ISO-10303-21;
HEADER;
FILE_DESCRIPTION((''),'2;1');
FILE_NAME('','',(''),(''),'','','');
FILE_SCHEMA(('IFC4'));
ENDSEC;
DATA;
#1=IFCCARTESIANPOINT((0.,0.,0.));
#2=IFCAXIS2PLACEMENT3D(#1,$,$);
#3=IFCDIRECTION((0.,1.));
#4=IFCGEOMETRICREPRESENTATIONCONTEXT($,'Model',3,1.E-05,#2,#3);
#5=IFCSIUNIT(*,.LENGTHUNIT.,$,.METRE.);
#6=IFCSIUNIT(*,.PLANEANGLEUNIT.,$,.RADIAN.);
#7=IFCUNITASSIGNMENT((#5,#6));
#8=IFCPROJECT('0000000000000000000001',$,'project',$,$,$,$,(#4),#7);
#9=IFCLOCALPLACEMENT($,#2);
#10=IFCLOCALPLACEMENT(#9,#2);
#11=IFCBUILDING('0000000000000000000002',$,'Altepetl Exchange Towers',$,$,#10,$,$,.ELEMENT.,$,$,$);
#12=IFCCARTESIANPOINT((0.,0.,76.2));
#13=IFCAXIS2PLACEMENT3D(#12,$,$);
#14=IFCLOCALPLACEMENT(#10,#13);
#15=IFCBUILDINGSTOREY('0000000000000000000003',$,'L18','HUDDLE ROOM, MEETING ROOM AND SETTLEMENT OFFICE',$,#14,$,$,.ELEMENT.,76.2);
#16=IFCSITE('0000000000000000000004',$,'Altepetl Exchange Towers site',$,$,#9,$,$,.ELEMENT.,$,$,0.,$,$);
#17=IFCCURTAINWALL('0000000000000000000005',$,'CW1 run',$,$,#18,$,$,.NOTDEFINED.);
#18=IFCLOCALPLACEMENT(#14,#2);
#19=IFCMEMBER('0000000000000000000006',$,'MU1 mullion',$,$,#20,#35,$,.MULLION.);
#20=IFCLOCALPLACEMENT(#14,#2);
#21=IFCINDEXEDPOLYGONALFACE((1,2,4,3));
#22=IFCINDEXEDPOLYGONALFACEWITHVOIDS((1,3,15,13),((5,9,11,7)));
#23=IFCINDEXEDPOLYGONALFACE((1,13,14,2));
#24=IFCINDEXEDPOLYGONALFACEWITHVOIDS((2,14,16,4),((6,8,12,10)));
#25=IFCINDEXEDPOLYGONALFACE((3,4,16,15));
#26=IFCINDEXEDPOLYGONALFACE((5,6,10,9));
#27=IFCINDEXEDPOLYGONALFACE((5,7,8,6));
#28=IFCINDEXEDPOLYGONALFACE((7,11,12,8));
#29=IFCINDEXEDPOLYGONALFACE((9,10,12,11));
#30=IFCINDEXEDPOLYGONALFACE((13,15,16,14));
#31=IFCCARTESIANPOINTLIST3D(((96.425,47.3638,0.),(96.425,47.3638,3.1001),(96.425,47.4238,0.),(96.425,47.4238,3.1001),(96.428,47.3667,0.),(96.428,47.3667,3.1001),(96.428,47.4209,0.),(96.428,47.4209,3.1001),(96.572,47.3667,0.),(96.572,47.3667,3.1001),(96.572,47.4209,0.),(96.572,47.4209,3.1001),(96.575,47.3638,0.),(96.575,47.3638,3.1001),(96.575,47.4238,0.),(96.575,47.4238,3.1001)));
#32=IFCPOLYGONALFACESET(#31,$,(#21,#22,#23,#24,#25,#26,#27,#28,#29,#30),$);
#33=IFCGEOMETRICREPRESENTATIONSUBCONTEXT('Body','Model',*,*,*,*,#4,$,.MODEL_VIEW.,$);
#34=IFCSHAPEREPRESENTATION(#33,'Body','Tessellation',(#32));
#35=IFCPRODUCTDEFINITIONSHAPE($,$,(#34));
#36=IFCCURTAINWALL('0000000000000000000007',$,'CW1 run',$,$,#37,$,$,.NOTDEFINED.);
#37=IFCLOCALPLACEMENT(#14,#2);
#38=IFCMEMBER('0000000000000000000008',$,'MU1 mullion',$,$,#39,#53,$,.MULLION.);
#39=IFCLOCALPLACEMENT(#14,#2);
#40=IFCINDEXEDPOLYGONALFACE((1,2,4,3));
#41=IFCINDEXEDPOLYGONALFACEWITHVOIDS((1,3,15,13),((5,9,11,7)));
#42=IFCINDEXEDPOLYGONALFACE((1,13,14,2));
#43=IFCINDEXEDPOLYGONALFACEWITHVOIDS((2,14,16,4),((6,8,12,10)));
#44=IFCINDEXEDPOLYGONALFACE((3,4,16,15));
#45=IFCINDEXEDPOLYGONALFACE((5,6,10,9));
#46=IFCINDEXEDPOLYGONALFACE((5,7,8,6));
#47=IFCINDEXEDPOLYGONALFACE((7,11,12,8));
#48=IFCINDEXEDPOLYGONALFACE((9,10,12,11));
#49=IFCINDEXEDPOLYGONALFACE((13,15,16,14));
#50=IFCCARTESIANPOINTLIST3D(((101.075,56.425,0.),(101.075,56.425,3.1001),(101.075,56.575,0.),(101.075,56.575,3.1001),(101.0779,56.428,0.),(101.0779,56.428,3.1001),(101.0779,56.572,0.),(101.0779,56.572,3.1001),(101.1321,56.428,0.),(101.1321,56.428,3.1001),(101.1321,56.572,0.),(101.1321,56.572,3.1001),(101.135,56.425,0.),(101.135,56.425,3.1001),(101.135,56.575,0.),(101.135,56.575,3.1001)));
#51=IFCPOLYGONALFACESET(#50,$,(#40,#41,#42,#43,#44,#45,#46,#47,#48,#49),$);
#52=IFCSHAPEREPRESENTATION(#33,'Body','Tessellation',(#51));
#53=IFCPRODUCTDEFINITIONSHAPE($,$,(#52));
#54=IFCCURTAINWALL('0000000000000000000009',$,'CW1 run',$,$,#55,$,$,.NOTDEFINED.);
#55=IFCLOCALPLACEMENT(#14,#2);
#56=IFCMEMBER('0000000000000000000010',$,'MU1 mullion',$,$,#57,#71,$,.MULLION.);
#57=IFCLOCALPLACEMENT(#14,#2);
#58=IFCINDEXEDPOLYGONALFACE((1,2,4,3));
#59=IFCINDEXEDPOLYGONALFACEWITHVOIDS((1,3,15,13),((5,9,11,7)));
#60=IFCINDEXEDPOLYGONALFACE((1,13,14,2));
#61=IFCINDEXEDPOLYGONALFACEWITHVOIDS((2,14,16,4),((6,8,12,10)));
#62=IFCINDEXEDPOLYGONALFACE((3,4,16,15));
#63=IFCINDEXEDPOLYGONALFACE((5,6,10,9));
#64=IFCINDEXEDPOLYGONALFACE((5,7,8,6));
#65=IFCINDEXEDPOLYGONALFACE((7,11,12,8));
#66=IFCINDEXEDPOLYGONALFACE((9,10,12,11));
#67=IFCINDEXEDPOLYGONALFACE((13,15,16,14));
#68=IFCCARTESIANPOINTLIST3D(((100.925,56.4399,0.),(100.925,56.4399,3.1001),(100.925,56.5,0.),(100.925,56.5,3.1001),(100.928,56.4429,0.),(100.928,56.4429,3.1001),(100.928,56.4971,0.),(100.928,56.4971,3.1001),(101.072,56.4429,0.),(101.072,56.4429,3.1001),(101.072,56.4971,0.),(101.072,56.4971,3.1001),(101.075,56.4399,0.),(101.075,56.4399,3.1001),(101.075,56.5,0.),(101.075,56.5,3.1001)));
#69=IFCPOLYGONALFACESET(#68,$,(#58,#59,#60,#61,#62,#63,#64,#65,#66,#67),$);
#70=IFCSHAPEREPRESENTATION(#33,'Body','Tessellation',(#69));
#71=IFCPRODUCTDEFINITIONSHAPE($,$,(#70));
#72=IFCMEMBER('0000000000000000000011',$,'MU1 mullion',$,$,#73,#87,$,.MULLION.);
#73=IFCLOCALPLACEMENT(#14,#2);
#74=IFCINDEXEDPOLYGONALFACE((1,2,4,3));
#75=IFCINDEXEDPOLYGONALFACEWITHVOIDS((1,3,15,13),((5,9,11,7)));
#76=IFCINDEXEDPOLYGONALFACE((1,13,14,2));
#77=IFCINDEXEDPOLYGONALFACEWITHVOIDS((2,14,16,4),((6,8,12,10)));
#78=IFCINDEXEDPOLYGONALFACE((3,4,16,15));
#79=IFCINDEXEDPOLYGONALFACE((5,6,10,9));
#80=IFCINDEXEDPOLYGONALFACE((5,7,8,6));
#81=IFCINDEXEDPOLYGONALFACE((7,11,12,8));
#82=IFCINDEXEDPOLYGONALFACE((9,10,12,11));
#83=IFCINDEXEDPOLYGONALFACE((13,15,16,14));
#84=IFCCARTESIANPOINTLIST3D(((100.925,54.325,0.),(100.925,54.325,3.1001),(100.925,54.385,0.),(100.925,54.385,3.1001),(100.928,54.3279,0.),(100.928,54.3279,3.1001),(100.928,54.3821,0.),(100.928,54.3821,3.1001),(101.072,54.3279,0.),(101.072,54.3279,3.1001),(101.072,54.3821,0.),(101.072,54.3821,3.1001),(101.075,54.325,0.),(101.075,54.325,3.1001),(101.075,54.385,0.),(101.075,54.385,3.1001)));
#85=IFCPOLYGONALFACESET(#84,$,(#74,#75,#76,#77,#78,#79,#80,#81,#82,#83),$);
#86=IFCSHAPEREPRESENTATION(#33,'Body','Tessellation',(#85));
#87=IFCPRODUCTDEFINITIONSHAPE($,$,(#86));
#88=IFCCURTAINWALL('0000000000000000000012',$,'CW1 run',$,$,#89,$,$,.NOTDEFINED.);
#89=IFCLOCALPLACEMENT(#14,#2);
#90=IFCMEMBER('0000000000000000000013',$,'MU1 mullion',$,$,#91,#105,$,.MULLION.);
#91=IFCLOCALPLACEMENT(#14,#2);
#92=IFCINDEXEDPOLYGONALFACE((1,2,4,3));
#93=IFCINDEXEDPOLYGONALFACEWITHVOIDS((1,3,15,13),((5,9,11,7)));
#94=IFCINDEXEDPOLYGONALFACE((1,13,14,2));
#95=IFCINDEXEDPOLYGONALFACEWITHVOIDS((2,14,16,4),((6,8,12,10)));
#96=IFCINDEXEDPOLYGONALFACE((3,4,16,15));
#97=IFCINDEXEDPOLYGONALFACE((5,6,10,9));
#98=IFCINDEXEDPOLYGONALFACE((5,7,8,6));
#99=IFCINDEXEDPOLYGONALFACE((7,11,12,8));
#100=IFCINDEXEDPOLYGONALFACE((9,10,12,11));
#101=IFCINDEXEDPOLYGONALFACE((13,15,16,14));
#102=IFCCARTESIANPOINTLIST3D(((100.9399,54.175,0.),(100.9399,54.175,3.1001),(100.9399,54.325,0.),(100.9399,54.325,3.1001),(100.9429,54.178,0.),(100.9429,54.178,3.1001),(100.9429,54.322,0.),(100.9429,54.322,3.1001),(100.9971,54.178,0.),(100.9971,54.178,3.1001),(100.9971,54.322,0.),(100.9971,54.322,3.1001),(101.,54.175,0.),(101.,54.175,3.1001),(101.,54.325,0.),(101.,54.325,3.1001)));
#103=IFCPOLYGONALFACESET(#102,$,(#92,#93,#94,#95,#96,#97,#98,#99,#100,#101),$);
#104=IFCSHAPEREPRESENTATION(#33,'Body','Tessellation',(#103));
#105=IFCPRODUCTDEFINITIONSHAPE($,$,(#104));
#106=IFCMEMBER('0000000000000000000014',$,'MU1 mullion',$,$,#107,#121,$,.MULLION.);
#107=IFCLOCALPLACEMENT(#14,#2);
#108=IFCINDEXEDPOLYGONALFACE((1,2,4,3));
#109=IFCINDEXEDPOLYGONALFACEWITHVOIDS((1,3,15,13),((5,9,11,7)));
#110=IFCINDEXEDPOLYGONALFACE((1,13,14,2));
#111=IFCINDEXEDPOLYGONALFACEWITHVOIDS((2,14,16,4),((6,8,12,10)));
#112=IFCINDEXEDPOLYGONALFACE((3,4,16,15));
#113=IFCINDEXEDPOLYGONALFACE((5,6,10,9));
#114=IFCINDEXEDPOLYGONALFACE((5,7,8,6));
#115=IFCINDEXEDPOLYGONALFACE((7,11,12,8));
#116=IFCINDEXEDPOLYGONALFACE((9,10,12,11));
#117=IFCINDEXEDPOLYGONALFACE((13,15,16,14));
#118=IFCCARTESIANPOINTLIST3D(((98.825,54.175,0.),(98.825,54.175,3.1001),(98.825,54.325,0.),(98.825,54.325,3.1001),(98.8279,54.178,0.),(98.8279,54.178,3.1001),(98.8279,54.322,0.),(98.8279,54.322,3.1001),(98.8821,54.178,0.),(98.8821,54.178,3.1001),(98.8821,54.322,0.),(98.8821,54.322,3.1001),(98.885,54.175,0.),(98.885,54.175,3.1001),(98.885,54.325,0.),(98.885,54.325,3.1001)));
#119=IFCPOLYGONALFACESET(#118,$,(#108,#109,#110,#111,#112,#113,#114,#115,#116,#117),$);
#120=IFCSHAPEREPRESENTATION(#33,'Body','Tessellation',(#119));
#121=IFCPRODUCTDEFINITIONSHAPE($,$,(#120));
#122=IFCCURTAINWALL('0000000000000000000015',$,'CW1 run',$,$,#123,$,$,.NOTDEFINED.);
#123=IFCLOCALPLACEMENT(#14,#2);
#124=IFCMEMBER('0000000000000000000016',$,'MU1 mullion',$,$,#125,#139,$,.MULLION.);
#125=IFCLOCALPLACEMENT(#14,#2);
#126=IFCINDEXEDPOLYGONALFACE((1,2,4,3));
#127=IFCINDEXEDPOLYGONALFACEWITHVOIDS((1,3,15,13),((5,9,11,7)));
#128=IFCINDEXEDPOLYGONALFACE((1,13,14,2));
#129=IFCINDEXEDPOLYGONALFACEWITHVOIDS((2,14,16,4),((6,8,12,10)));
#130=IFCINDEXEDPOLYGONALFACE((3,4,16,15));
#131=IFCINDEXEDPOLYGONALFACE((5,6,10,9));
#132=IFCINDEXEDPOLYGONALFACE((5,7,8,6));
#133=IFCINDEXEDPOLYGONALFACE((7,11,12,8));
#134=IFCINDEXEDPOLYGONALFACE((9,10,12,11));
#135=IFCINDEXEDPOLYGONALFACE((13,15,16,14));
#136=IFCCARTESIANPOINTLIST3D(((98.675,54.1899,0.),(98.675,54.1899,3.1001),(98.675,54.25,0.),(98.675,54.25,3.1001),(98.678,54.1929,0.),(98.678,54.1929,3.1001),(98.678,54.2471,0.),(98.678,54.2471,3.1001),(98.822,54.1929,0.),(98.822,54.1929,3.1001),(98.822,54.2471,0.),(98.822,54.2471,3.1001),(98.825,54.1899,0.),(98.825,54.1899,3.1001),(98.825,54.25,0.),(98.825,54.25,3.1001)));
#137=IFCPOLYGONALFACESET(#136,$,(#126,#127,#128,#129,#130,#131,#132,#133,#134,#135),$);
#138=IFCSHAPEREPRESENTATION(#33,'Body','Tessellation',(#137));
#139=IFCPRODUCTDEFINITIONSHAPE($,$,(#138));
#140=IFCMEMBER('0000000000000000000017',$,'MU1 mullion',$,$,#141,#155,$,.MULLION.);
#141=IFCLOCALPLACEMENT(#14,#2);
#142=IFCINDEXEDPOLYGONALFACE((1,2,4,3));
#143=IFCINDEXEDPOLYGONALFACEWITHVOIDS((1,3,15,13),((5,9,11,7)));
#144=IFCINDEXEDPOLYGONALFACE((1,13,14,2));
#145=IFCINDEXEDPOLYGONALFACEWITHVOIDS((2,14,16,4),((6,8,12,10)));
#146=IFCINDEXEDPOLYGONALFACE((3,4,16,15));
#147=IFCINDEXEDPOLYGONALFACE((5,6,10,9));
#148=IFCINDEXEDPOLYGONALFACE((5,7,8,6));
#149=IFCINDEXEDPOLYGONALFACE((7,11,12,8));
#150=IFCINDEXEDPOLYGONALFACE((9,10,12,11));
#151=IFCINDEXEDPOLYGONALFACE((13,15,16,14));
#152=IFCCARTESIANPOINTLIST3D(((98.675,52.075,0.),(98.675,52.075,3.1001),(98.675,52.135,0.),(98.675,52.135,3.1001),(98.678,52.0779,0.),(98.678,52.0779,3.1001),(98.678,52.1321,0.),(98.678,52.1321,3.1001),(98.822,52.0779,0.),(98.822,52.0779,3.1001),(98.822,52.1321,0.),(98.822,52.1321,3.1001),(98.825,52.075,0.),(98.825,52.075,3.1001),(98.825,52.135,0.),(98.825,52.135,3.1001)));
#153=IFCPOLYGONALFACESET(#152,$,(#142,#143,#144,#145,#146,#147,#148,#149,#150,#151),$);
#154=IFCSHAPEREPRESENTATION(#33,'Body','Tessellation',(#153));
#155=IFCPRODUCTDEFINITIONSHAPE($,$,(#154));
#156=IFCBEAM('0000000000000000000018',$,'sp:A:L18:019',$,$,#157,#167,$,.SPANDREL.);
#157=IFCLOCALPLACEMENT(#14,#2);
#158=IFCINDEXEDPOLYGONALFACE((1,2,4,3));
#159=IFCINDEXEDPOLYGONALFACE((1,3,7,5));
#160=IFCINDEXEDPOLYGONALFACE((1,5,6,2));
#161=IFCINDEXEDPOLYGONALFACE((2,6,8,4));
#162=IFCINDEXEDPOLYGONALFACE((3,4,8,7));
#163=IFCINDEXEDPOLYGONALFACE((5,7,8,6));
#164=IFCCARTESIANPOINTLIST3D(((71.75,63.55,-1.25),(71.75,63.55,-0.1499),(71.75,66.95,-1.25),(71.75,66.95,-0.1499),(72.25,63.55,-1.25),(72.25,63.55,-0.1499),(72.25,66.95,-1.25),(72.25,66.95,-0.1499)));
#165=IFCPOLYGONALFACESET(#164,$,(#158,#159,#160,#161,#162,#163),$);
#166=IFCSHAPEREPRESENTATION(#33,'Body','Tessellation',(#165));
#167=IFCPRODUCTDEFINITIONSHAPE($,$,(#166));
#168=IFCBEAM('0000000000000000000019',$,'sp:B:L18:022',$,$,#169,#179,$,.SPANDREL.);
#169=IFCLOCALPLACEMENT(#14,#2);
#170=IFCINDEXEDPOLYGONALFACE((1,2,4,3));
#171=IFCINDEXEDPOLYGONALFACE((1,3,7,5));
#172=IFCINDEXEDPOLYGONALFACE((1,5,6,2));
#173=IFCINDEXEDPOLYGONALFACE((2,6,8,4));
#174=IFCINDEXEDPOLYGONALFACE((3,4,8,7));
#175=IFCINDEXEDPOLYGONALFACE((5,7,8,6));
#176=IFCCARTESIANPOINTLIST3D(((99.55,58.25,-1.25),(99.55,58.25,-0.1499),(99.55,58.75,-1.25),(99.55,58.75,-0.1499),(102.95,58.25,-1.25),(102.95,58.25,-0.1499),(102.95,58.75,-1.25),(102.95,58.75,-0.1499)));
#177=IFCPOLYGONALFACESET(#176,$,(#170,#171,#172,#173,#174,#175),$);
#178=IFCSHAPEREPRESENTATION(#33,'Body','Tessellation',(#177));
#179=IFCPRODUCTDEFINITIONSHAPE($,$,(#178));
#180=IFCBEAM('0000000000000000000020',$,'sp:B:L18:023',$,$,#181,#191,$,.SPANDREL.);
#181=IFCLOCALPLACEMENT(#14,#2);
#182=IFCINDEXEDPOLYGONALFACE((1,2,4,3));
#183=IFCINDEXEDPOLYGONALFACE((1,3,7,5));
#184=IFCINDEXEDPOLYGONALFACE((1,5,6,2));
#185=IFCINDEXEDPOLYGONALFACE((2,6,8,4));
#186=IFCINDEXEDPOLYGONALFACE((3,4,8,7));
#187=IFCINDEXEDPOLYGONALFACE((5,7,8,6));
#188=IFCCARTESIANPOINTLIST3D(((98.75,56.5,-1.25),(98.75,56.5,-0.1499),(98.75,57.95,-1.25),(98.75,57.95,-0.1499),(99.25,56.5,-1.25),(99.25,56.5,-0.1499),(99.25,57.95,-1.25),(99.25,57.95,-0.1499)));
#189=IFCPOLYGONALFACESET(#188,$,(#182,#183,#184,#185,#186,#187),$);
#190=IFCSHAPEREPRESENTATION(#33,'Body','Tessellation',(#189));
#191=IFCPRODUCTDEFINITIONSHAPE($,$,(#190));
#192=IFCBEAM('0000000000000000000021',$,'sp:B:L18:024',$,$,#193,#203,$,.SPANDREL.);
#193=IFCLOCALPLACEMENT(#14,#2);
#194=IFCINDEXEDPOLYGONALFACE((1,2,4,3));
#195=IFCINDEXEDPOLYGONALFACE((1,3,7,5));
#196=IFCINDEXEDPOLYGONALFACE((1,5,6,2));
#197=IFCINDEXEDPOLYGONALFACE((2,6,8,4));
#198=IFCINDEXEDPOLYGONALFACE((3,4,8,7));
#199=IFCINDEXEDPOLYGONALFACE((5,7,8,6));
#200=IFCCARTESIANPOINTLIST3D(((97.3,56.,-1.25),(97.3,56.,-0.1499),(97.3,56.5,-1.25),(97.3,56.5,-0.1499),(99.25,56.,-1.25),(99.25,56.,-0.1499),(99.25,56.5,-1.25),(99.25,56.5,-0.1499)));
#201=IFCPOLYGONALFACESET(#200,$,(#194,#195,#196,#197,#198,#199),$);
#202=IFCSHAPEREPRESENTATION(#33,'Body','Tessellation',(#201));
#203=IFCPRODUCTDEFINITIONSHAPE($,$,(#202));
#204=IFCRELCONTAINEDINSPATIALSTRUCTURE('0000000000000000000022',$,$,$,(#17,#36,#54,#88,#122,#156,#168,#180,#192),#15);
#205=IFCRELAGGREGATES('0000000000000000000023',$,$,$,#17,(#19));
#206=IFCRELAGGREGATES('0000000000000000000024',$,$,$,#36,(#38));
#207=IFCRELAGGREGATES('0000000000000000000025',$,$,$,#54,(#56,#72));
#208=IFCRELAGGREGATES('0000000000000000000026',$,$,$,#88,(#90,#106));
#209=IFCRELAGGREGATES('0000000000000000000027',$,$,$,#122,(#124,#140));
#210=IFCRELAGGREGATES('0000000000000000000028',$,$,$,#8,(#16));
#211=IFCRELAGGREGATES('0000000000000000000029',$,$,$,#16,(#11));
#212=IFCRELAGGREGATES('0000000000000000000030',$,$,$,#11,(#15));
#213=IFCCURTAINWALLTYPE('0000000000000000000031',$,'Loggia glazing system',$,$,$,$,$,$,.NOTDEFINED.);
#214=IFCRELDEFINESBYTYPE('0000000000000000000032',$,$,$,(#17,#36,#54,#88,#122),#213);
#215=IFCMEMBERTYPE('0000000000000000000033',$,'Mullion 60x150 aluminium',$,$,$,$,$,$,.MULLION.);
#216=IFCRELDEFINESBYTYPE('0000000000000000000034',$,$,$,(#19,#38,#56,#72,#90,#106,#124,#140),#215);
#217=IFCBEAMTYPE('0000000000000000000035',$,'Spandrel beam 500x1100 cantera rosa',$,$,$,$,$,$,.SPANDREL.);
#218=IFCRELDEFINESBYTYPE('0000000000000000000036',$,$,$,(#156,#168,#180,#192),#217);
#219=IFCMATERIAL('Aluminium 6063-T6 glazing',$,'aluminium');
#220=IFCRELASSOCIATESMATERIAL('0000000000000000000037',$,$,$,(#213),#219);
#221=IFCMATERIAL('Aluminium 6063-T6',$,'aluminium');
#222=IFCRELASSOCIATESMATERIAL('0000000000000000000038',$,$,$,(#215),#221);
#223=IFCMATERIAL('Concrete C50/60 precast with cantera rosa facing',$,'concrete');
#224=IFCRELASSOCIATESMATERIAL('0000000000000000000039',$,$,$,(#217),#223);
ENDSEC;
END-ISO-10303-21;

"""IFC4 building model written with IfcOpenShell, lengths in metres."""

from ifc_helpers import new_model, si_unit, direction, frame, origin, origin_2d, place, context, subcontext, project, spatial, rectangle, hollow_rectangle, extrude, material, material_profile, profile_set, type_object, element, aggregate, save


model = new_model("IFC4")

# Units and contexts
model_context = context("Model", 3, precision=1e-05, world=origin(), true_north=direction((0.0, 1.0)))
body_context = subcontext(model_context, "Body", "Model", "MODEL_VIEW")
ifc_project = project(units=[si_unit("LENGTHUNIT", "METRE"), si_unit("PLANEANGLEUNIT", "RADIAN")], contexts=[model_context])

# Site, building, storey
site_placement = place(None, origin())
site = spatial("IfcSite", under=ifc_project, at=site_placement, Name="Altepetl Exchange Towers site", CompositionType="ELEMENT", RefElevation=0.0)
building_placement = place(site_placement, origin())
building = spatial("IfcBuilding", under=site, at=building_placement, Name="Altepetl Exchange Towers", CompositionType="ELEMENT")
storey_placement = place(building_placement, frame((0.0, 0.0, 76.2)))
storey = spatial("IfcBuildingStorey", under=building, at=storey_placement, Name="L18", Description="HUDDLE ROOM, MEETING ROOM AND SETTLEMENT OFFICE", CompositionType="ELEMENT", Elevation=76.2)

# Curtain wall, member
ifc_material_1 = material(Name="Aluminium 6063-T6 glazing", Category="aluminium")
curtain_wall_type = type_object("IfcCurtainWallType", Name="Loggia glazing system", PredefinedType="NOTDEFINED", material=ifc_material_1)
ifc_material_2 = material(Name="Aluminium 6063-T6", Category="aluminium")
ifc_material_profile_1 = material_profile(ifc_material_2, hollow_rectangle(XDim=0.0601, YDim=0.1499, WallThickness=0.0029, at=origin_2d()), Name="Mullion 60x150 aluminium")
ifc_profile_set_1 = profile_set([ifc_material_profile_1], Name="Aluminium 6063-T6")
member_type = type_object("IfcMemberType", Name="Mullion 60x150 aluminium", PredefinedType="MULLION", material=ifc_profile_set_1)
curtain_wall_1_placement = place(storey_placement, origin())
curtain_wall_1 = element("IfcCurtainWall", 1, at=curtain_wall_1_placement, inside=storey, type_object=curtain_wall_type, Name="CW1 run", PredefinedType="NOTDEFINED")
member_1_placement = place(storey_placement, frame((96.5, 47.3938, 0.0), z_axis=(0.0, 0.0, 1.0), x_axis=(0.0, -1.0, 0.0)))
member_1 = element("IfcMember", 2, at=member_1_placement, type_object=member_type, Name="MU1 mullion", PredefinedType="MULLION", context=body_context, shape_type="SweptSolid", body=[
    extrude(hollow_rectangle(XDim=0.0601, YDim=0.1499, WallThickness=0.0029, at=origin_2d()), origin(), (0.0, 0.0, 1.0), 3.1001),
])

# Curtain wall, member
curtain_wall_2_placement = place(storey_placement, origin())
curtain_wall_2 = element("IfcCurtainWall", 3, at=curtain_wall_2_placement, inside=storey, type_object=curtain_wall_type, Name="CW1 run", PredefinedType="NOTDEFINED")
member_2_placement = place(storey_placement, frame((101.105, 56.5, 0.0), z_axis=(0.0, 0.0, 1.0), x_axis=(-1.0, 0.0, 0.0)))
member_2 = element("IfcMember", 4, at=member_2_placement, type_object=member_type, Name="MU1 mullion", PredefinedType="MULLION", context=body_context, shape_type="SweptSolid", body=[
    extrude(hollow_rectangle(XDim=0.0601, YDim=0.1499, WallThickness=0.0029, at=origin_2d()), origin(), (0.0, 0.0, 1.0), 3.1001),
])

# Curtain walls, members
curtain_wall_3_placement = place(storey_placement, origin())
curtain_wall_3 = element("IfcCurtainWall", 5, at=curtain_wall_3_placement, inside=storey, type_object=curtain_wall_type, Name="CW1 run", PredefinedType="NOTDEFINED")
member_3_placement = place(storey_placement, frame((101.0, 56.47, 0.0), z_axis=(0.0, 0.0, 1.0), x_axis=(0.0, -1.0, 0.0)))
member_3 = element("IfcMember", 6, at=member_3_placement, type_object=member_type, Name="MU1 mullion", PredefinedType="MULLION", context=body_context, shape_type="SweptSolid", body=[
    extrude(hollow_rectangle(XDim=0.0601, YDim=0.1499, WallThickness=0.0029, at=origin_2d()), origin(), (0.0, 0.0, 1.0), 3.1001),
])
member_4_placement = place(storey_placement, frame((101.0, 54.355, 0.0), z_axis=(0.0, 0.0, 1.0), x_axis=(0.0, -1.0, 0.0)))
member_4 = element("IfcMember", 7, at=member_4_placement, type_object=member_type, Name="MU1 mullion", PredefinedType="MULLION", context=body_context, shape_type="SweptSolid", body=[
    extrude(hollow_rectangle(XDim=0.0601, YDim=0.1499, WallThickness=0.0029, at=origin_2d()), origin(), (0.0, 0.0, 1.0), 3.1001),
])
curtain_wall_4_placement = place(storey_placement, origin())
curtain_wall_4 = element("IfcCurtainWall", 8, at=curtain_wall_4_placement, inside=storey, type_object=curtain_wall_type, Name="CW1 run", PredefinedType="NOTDEFINED")
member_5_placement = place(storey_placement, frame((100.97, 54.25, 0.0), z_axis=(0.0, 0.0, 1.0), x_axis=(-1.0, 0.0, 0.0)))
member_5 = element("IfcMember", 9, at=member_5_placement, type_object=member_type, Name="MU1 mullion", PredefinedType="MULLION", context=body_context, shape_type="SweptSolid", body=[
    extrude(hollow_rectangle(XDim=0.0601, YDim=0.1499, WallThickness=0.0029, at=origin_2d()), origin(), (0.0, 0.0, 1.0), 3.1001),
])
member_6_placement = place(storey_placement, frame((98.855, 54.25, 0.0), z_axis=(0.0, 0.0, 1.0), x_axis=(-1.0, 0.0, 0.0)))
member_6 = element("IfcMember", 10, at=member_6_placement, type_object=member_type, Name="MU1 mullion", PredefinedType="MULLION", context=body_context, shape_type="SweptSolid", body=[
    extrude(hollow_rectangle(XDim=0.0601, YDim=0.1499, WallThickness=0.0029, at=origin_2d()), origin(), (0.0, 0.0, 1.0), 3.1001),
])
curtain_wall_5_placement = place(storey_placement, origin())
curtain_wall_5 = element("IfcCurtainWall", 11, at=curtain_wall_5_placement, inside=storey, type_object=curtain_wall_type, Name="CW1 run", PredefinedType="NOTDEFINED")
member_7_placement = place(storey_placement, frame((98.75, 54.22, 0.0), z_axis=(0.0, 0.0, 1.0), x_axis=(0.0, -1.0, 0.0)))
member_7 = element("IfcMember", 12, at=member_7_placement, type_object=member_type, Name="MU1 mullion", PredefinedType="MULLION", context=body_context, shape_type="SweptSolid", body=[
    extrude(hollow_rectangle(XDim=0.0601, YDim=0.1499, WallThickness=0.0029, at=origin_2d()), origin(), (0.0, 0.0, 1.0), 3.1001),
])
member_8_placement = place(storey_placement, frame((98.75, 52.105, 0.0), z_axis=(0.0, 0.0, 1.0), x_axis=(0.0, -1.0, 0.0)))
member_8 = element("IfcMember", 13, at=member_8_placement, type_object=member_type, Name="MU1 mullion", PredefinedType="MULLION", context=body_context, shape_type="SweptSolid", body=[
    extrude(hollow_rectangle(XDim=0.0601, YDim=0.1499, WallThickness=0.0029, at=origin_2d()), origin(), (0.0, 0.0, 1.0), 3.1001),
])

# Beams
ifc_material_3 = material(Name="Concrete C50/60 precast with cantera rosa facing", Category="concrete")
ifc_material_profile_2 = material_profile(ifc_material_3, rectangle(XDim=0.5, YDim=1.1001, at=origin_2d()), Name="500 x 1100")
ifc_profile_set_2 = profile_set([ifc_material_profile_2], Name="Concrete C50/60 precast with cantera rosa facing")
beam_type_1 = type_object("IfcBeamType", Name="Spandrel beam 500x1100 cantera rosa", PredefinedType="SPANDREL", material=ifc_profile_set_2)
for number, where, z_axis, x_axis, name in (
    (14, (72.0, 63.55, -0.7), (0.0, 1.0, 0.0), (-1.0, 0.0, 0.0), "sp:A:L18:019"),
    (15, (102.95, 58.5, -0.7), (-1.0, 0.0, 0.0), (0.0, -1.0, 0.0), "sp:B:L18:022"),
):
    element("IfcBeam", number, at=place(storey_placement, frame(where, z_axis=z_axis, x_axis=x_axis)), inside=storey, type_object=beam_type_1, Name=name, PredefinedType="SPANDREL", context=body_context, shape_type="SweptSolid", body=[
        extrude(rectangle(XDim=0.5, YDim=1.1001, at=origin_2d()), origin(), (0.0, 0.0, 1.0), 3.3999),
    ])
beam_1_placement = place(storey_placement, frame((99.0, 57.95, -0.7), z_axis=(0.0, -1.0, 0.0), x_axis=(1.0, 0.0, 0.0)))
element("IfcBeam", 16, at=beam_1_placement, inside=storey, type_object=beam_type_1, Name="sp:B:L18:023", PredefinedType="SPANDREL", context=body_context, shape_type="SweptSolid", body=[
    extrude(rectangle(XDim=0.5, YDim=1.1001, at=origin_2d()), origin(), (0.0, 0.0, 1.0), 1.45),
])
beam_2_placement = place(storey_placement, frame((99.25, 56.25, -0.7), z_axis=(-1.0, 0.0, 0.0), x_axis=(0.0, -1.0, 0.0)))
element("IfcBeam", 17, at=beam_2_placement, inside=storey, type_object=beam_type_1, Name="sp:B:L18:024", PredefinedType="SPANDREL", context=body_context, shape_type="SweptSolid", body=[
    extrude(rectangle(XDim=0.5, YDim=1.1001, at=origin_2d()), origin(), (0.0, 0.0, 1.0), 1.95),
])

aggregate(curtain_wall_1, [member_1])
aggregate(curtain_wall_2, [member_2])
aggregate(curtain_wall_3, [member_3, member_4])
aggregate(curtain_wall_4, [member_5, member_6])
aggregate(curtain_wall_5, [member_7, member_8])

save(model, "model.ifc")
